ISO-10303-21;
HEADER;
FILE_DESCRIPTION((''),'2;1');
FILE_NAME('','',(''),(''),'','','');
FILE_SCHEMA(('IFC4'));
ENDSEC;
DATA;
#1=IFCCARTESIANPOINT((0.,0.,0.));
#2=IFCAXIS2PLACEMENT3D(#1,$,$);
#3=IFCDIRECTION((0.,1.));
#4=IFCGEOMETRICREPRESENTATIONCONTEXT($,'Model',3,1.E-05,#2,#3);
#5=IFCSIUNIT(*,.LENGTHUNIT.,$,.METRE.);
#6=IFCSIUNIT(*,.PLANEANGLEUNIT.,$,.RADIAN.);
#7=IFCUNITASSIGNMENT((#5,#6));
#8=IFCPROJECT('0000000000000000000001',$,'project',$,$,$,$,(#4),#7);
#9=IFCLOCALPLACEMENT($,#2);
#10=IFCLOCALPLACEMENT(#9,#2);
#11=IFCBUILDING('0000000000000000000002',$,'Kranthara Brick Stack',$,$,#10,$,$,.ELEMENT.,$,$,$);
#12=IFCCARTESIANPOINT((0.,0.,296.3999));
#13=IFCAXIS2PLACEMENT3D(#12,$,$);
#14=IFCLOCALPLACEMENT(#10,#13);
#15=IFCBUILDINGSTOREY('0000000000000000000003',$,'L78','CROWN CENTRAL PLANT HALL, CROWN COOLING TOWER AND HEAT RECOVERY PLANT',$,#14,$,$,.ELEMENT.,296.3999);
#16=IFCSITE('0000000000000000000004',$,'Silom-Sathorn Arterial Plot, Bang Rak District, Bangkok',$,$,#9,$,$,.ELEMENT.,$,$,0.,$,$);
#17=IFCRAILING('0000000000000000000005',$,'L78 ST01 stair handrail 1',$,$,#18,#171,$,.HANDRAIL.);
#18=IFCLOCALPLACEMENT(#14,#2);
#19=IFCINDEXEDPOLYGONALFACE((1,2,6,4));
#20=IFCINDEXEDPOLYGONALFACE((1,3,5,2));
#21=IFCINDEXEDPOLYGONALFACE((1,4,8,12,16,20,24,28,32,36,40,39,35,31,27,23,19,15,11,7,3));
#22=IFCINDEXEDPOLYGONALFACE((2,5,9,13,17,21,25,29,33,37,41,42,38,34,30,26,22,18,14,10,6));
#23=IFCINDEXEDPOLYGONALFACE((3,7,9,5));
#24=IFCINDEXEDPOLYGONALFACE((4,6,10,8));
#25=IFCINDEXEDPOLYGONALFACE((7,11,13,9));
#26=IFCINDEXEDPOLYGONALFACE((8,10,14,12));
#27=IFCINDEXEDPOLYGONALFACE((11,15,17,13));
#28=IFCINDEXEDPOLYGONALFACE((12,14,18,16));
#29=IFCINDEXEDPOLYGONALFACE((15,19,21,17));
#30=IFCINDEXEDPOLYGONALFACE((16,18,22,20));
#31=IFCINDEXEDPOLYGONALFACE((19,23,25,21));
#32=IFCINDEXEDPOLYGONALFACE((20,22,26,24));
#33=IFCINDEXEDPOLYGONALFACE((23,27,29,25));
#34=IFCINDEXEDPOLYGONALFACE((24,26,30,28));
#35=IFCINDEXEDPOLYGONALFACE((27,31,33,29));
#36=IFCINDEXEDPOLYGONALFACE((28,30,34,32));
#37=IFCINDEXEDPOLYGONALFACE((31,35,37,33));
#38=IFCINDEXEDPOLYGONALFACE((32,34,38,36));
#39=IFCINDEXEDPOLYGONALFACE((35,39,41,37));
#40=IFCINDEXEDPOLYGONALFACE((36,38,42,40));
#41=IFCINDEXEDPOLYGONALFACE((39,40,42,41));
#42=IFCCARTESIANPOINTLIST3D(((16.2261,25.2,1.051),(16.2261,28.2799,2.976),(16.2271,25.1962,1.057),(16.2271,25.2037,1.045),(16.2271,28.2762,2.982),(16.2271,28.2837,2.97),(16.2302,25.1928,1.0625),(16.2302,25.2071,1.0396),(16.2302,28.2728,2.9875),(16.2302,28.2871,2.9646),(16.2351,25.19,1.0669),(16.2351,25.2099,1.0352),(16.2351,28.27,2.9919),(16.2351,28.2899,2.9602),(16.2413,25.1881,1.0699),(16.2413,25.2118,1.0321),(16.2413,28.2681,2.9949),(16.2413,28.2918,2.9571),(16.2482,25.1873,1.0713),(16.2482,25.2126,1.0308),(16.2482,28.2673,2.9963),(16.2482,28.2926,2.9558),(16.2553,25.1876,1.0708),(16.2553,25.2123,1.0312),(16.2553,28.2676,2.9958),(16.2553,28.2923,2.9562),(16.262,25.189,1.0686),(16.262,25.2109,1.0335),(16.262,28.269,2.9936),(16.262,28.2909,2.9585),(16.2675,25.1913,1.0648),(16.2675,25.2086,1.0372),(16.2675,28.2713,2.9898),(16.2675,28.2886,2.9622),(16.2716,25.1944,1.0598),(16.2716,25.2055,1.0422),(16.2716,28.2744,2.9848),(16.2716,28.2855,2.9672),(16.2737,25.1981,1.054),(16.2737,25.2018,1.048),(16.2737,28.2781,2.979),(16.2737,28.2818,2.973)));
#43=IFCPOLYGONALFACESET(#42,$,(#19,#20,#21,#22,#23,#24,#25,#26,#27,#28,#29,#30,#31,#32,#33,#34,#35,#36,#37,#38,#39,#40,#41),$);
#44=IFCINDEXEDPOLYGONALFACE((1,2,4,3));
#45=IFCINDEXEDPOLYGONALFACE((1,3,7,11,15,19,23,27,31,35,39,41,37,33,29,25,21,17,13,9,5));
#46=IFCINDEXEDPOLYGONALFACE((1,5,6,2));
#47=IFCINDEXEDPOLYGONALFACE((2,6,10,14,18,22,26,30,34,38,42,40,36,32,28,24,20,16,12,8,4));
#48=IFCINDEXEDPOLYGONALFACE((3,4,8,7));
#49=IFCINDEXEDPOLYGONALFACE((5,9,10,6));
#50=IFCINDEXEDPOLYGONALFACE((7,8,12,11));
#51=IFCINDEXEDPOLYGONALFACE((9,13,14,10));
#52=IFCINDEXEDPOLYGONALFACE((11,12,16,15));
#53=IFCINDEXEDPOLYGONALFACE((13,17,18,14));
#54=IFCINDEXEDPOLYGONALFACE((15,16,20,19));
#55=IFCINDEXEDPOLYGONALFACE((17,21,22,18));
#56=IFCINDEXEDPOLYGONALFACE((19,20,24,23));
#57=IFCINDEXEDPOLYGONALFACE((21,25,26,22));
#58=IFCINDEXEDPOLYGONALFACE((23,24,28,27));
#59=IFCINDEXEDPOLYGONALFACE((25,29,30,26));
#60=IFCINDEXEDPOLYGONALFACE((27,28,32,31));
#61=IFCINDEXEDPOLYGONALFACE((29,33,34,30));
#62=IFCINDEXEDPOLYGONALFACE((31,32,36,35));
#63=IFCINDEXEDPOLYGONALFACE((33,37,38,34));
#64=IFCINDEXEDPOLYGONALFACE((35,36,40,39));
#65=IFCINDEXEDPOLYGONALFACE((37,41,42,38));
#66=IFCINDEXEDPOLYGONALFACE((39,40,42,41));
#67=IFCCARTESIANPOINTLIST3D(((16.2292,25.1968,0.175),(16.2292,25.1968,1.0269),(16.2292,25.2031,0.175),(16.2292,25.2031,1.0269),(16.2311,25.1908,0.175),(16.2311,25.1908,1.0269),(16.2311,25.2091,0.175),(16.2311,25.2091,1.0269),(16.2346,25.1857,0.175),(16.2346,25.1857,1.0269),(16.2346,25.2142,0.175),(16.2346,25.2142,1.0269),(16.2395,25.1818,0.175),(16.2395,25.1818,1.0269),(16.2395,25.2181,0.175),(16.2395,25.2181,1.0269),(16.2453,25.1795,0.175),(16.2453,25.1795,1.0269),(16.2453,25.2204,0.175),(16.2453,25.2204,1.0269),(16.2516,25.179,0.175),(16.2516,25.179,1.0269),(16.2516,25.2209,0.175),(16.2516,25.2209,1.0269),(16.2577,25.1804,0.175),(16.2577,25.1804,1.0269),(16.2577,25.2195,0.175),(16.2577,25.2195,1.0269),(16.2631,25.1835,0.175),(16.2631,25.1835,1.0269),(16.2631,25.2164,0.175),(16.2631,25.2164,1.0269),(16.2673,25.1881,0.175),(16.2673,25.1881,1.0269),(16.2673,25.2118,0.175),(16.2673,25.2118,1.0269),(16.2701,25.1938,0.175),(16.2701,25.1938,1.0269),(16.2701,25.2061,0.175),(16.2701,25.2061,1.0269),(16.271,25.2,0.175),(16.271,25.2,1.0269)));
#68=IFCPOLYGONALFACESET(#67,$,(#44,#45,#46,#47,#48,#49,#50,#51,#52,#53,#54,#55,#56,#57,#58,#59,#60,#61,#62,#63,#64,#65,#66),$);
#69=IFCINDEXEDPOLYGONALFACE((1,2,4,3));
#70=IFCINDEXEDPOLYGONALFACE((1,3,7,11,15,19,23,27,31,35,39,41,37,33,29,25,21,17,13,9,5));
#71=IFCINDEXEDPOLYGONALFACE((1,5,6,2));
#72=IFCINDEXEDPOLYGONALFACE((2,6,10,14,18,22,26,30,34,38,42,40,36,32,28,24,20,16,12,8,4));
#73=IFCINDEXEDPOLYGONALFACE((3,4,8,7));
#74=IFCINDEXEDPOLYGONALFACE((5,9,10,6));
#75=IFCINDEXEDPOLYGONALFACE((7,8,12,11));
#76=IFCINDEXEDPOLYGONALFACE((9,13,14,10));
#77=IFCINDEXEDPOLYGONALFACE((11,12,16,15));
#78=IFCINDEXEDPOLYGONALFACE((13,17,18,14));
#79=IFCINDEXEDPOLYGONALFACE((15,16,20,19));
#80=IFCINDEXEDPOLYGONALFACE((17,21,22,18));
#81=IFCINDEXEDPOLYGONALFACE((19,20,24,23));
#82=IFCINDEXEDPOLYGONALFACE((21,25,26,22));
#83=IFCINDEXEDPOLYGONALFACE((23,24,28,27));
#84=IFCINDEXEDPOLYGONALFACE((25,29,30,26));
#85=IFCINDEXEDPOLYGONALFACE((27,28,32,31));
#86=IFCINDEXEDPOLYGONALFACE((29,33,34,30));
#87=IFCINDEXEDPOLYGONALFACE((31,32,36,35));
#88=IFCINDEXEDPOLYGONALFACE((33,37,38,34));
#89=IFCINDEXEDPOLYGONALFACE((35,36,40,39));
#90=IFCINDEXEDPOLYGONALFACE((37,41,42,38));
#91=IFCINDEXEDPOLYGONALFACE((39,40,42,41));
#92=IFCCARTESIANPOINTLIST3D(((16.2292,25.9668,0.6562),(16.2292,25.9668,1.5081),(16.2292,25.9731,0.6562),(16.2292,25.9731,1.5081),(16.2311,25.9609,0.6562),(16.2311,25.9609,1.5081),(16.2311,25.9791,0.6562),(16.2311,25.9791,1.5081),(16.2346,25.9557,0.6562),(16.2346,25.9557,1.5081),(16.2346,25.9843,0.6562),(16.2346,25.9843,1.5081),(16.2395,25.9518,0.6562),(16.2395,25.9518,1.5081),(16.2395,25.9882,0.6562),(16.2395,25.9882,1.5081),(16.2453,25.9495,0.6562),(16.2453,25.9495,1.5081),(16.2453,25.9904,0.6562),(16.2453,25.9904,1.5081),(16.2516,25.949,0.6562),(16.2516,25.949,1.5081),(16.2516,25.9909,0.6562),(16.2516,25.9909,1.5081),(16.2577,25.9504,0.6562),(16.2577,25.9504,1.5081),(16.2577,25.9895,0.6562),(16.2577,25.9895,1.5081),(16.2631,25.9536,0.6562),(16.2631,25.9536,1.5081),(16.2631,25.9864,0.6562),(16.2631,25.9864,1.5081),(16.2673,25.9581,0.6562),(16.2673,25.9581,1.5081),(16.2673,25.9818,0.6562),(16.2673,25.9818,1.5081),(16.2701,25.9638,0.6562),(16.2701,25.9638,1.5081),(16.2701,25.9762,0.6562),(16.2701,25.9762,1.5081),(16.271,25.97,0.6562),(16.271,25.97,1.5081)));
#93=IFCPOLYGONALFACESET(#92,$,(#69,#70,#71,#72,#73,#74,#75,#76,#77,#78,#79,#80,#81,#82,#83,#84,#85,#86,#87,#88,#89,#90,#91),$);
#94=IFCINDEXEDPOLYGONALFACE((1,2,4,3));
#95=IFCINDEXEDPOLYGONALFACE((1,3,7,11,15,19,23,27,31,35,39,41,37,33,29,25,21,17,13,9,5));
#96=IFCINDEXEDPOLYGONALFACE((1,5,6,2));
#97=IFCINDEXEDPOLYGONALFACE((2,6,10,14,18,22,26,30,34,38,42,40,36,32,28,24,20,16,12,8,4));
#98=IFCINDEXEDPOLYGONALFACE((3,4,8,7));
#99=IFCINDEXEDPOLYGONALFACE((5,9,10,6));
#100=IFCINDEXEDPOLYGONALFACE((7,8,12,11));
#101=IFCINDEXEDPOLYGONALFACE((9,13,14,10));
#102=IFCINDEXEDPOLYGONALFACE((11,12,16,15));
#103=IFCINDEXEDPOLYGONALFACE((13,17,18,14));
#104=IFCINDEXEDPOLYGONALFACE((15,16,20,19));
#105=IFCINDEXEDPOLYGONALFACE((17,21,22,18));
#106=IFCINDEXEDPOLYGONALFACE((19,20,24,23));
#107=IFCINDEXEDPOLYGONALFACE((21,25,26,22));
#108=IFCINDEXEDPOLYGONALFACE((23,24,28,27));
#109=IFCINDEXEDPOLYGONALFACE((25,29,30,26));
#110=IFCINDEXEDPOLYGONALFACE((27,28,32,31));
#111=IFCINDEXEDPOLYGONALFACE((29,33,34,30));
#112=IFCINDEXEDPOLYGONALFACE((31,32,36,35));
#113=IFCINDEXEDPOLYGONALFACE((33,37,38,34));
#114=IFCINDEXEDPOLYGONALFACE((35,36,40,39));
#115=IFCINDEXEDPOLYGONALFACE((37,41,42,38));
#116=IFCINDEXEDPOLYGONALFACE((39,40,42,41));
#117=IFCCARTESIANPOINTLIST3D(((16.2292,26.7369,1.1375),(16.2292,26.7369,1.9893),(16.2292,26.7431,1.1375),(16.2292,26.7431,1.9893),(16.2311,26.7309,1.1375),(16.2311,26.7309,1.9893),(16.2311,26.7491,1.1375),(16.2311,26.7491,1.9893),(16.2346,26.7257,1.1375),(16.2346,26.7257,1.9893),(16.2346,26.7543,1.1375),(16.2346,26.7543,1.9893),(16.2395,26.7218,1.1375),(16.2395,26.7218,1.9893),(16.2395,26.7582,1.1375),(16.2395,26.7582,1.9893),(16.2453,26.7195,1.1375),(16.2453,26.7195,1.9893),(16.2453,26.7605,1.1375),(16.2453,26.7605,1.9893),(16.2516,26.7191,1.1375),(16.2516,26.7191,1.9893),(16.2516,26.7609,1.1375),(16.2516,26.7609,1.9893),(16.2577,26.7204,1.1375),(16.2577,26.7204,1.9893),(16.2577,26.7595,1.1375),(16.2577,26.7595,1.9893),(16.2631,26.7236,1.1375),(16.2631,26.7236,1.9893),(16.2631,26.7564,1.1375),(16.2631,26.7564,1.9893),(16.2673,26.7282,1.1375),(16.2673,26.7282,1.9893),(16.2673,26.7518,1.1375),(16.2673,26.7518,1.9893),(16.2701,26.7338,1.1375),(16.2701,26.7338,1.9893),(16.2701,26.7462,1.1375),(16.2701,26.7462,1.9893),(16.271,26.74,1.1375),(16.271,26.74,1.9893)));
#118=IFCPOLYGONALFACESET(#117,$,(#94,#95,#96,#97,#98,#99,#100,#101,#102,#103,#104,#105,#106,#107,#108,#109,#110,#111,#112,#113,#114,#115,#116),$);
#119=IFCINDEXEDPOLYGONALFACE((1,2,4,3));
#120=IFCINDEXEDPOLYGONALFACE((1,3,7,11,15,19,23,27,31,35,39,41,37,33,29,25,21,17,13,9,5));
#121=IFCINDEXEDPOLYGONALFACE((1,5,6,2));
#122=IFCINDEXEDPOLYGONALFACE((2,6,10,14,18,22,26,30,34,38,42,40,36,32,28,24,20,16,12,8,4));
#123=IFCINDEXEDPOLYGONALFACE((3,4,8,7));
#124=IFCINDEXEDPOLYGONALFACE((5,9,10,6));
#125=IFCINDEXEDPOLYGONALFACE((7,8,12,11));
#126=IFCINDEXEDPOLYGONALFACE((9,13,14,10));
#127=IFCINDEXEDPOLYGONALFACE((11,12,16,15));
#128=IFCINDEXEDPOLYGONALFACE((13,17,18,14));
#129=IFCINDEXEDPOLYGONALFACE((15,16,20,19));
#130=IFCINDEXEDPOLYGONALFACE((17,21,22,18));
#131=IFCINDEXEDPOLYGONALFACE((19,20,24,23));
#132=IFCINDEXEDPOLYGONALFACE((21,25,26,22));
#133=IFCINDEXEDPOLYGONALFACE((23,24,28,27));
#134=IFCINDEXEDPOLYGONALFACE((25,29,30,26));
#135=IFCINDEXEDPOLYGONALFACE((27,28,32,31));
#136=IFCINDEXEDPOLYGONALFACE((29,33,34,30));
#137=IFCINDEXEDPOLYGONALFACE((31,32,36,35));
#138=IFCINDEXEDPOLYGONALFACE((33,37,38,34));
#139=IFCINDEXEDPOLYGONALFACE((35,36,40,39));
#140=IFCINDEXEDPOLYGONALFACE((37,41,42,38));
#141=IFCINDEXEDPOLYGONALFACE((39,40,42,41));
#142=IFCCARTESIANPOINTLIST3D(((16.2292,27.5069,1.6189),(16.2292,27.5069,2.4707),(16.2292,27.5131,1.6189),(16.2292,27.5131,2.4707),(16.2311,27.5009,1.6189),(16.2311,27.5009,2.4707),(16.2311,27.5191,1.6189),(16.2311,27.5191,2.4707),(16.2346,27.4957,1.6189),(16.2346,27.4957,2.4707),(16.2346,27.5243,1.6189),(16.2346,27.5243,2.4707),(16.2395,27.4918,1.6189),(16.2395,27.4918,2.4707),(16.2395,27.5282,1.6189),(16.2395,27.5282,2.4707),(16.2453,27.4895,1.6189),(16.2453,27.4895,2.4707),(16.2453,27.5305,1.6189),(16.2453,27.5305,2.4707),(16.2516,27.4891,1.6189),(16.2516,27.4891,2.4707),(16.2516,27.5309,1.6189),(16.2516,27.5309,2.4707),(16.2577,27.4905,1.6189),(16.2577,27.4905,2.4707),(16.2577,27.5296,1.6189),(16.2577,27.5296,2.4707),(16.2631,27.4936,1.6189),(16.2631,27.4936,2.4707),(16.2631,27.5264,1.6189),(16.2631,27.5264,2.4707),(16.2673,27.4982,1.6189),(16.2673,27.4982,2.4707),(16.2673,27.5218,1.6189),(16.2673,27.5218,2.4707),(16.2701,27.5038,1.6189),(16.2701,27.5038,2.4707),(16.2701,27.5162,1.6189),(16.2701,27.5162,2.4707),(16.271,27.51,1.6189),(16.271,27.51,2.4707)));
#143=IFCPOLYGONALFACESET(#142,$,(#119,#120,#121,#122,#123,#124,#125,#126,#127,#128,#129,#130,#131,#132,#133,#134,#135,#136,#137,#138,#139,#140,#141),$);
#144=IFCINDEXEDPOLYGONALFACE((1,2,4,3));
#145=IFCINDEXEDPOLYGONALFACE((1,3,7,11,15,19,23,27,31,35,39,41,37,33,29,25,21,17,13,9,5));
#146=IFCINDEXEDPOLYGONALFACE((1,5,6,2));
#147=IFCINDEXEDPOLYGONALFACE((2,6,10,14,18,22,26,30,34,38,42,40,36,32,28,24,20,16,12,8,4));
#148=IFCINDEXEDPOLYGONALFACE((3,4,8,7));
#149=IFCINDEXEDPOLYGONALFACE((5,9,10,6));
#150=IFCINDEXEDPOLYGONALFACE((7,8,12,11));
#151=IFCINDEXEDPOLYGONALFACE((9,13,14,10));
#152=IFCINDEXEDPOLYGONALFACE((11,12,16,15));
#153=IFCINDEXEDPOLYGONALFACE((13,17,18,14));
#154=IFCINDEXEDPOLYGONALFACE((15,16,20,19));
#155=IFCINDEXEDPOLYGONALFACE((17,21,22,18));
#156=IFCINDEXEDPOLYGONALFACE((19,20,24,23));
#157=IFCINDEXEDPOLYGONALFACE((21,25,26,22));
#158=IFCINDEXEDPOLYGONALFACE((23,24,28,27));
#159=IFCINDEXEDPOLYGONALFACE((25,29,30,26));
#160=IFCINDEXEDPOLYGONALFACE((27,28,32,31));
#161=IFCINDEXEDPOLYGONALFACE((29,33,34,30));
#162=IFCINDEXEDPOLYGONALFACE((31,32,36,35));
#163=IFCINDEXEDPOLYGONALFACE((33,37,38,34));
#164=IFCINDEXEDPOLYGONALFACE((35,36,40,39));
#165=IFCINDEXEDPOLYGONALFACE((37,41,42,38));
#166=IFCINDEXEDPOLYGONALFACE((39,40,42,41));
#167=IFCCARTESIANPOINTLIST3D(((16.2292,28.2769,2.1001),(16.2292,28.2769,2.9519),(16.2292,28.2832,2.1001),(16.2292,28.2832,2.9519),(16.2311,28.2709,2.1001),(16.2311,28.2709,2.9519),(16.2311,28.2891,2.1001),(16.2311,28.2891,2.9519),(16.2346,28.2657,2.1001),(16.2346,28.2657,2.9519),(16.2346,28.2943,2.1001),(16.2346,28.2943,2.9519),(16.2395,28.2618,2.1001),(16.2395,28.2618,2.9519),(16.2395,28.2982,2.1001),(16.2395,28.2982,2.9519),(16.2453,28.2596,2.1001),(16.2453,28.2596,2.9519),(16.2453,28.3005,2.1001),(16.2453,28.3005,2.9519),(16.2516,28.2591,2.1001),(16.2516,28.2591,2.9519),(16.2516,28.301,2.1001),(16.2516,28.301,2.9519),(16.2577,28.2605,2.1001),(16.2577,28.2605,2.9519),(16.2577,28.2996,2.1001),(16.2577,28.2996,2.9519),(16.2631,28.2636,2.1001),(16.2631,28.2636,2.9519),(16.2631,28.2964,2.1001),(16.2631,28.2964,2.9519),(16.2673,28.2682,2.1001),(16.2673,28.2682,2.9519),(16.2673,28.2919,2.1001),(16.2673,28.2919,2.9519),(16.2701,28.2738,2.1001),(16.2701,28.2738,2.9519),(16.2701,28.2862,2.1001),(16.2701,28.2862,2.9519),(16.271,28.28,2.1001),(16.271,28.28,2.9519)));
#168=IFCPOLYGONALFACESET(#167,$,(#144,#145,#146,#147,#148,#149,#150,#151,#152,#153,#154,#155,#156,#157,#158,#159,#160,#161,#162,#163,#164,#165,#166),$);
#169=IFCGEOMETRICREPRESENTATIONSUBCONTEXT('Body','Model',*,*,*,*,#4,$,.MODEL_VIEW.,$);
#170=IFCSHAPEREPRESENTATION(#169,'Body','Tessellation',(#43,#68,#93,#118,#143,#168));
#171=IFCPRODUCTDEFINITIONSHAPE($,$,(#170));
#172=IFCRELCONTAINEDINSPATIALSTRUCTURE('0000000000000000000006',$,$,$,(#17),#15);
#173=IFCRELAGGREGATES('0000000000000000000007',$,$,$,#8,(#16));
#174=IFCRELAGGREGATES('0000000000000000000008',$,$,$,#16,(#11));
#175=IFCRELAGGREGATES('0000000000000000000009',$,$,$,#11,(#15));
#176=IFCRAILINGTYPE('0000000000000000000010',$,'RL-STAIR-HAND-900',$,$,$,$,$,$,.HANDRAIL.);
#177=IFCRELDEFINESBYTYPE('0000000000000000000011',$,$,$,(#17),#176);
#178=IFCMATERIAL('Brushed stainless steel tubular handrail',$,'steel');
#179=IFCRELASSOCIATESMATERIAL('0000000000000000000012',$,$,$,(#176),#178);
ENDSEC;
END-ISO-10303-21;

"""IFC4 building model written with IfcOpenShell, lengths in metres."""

from ifc_helpers import new_model, si_unit, direction, frame, origin, origin_2d, place, context, subcontext, project, spatial, circle, extrude, material, type_object, element, save


model = new_model("IFC4")

# Units and contexts
model_context = context("Model", 3, precision=1e-05, world=origin(), true_north=direction((0.0, 1.0)))
body_context = subcontext(model_context, "Body", "Model", "MODEL_VIEW")
ifc_project = project(units=[si_unit("LENGTHUNIT", "METRE"), si_unit("PLANEANGLEUNIT", "RADIAN")], contexts=[model_context])

# Site, building, storey
site_placement = place(None, origin())
site = spatial("IfcSite", under=ifc_project, at=site_placement, Name="Silom-Sathorn Arterial Plot, Bang Rak District, Bangkok", CompositionType="ELEMENT", RefElevation=0.0)
building_placement = place(site_placement, origin())
building = spatial("IfcBuilding", under=site, at=building_placement, Name="Kranthara Brick Stack", CompositionType="ELEMENT")
storey_placement = place(building_placement, frame((0.0, 0.0, 296.3999)))
storey = spatial("IfcBuildingStorey", under=building, at=storey_placement, Name="L78", Description="CROWN CENTRAL PLANT HALL, CROWN COOLING TOWER AND HEAT RECOVERY PLANT", CompositionType="ELEMENT", Elevation=296.3999)

# Railing
ifc_material_1 = material(Name="Brushed stainless steel tubular handrail", Category="steel")
railing_type_1 = type_object("IfcRailingType", Name="RL-STAIR-HAND-900", PredefinedType="HANDRAIL", material=ifc_material_1)
railing_1_placement = place(storey_placement, frame((16.25, 25.2, 0.175)))
element("IfcRailing", 1, at=railing_1_placement, inside=storey, type_object=railing_type_1, Name="L78 ST01 stair handrail 1", PredefinedType="HANDRAIL", context=body_context, shape_type="SweptSolid", body=[
    extrude(circle(Radius=0.0239, at=origin_2d()), frame((0.0, 0.0, 0.876), z_axis=(0.0, 0.847998, 0.529999), x_axis=(-1.0, 0.0, 0.0)), (0.0, 0.0, 1.0), 3.6321),
    extrude(circle(Radius=0.021, at=origin_2d()), origin(), (0.0, 0.0, 1.0), 0.8518),
    extrude(circle(Radius=0.021, at=origin_2d()), frame((0.0, 0.77, 0.4812)), (0.0, 0.0, 1.0), 0.8518),
    extrude(circle(Radius=0.021, at=origin_2d()), frame((0.0, 1.54, 0.9624)), (0.0, 0.0, 1.0), 0.8518),
    extrude(circle(Radius=0.021, at=origin_2d()), frame((0.0, 2.3101, 1.4438)), (0.0, 0.0, 1.0), 0.8518),
    extrude(circle(Radius=0.021, at=origin_2d()), frame((0.0, 3.0801, 1.925)), (0.0, 0.0, 1.0), 0.8518),
])

save(model, "model.ifc")
